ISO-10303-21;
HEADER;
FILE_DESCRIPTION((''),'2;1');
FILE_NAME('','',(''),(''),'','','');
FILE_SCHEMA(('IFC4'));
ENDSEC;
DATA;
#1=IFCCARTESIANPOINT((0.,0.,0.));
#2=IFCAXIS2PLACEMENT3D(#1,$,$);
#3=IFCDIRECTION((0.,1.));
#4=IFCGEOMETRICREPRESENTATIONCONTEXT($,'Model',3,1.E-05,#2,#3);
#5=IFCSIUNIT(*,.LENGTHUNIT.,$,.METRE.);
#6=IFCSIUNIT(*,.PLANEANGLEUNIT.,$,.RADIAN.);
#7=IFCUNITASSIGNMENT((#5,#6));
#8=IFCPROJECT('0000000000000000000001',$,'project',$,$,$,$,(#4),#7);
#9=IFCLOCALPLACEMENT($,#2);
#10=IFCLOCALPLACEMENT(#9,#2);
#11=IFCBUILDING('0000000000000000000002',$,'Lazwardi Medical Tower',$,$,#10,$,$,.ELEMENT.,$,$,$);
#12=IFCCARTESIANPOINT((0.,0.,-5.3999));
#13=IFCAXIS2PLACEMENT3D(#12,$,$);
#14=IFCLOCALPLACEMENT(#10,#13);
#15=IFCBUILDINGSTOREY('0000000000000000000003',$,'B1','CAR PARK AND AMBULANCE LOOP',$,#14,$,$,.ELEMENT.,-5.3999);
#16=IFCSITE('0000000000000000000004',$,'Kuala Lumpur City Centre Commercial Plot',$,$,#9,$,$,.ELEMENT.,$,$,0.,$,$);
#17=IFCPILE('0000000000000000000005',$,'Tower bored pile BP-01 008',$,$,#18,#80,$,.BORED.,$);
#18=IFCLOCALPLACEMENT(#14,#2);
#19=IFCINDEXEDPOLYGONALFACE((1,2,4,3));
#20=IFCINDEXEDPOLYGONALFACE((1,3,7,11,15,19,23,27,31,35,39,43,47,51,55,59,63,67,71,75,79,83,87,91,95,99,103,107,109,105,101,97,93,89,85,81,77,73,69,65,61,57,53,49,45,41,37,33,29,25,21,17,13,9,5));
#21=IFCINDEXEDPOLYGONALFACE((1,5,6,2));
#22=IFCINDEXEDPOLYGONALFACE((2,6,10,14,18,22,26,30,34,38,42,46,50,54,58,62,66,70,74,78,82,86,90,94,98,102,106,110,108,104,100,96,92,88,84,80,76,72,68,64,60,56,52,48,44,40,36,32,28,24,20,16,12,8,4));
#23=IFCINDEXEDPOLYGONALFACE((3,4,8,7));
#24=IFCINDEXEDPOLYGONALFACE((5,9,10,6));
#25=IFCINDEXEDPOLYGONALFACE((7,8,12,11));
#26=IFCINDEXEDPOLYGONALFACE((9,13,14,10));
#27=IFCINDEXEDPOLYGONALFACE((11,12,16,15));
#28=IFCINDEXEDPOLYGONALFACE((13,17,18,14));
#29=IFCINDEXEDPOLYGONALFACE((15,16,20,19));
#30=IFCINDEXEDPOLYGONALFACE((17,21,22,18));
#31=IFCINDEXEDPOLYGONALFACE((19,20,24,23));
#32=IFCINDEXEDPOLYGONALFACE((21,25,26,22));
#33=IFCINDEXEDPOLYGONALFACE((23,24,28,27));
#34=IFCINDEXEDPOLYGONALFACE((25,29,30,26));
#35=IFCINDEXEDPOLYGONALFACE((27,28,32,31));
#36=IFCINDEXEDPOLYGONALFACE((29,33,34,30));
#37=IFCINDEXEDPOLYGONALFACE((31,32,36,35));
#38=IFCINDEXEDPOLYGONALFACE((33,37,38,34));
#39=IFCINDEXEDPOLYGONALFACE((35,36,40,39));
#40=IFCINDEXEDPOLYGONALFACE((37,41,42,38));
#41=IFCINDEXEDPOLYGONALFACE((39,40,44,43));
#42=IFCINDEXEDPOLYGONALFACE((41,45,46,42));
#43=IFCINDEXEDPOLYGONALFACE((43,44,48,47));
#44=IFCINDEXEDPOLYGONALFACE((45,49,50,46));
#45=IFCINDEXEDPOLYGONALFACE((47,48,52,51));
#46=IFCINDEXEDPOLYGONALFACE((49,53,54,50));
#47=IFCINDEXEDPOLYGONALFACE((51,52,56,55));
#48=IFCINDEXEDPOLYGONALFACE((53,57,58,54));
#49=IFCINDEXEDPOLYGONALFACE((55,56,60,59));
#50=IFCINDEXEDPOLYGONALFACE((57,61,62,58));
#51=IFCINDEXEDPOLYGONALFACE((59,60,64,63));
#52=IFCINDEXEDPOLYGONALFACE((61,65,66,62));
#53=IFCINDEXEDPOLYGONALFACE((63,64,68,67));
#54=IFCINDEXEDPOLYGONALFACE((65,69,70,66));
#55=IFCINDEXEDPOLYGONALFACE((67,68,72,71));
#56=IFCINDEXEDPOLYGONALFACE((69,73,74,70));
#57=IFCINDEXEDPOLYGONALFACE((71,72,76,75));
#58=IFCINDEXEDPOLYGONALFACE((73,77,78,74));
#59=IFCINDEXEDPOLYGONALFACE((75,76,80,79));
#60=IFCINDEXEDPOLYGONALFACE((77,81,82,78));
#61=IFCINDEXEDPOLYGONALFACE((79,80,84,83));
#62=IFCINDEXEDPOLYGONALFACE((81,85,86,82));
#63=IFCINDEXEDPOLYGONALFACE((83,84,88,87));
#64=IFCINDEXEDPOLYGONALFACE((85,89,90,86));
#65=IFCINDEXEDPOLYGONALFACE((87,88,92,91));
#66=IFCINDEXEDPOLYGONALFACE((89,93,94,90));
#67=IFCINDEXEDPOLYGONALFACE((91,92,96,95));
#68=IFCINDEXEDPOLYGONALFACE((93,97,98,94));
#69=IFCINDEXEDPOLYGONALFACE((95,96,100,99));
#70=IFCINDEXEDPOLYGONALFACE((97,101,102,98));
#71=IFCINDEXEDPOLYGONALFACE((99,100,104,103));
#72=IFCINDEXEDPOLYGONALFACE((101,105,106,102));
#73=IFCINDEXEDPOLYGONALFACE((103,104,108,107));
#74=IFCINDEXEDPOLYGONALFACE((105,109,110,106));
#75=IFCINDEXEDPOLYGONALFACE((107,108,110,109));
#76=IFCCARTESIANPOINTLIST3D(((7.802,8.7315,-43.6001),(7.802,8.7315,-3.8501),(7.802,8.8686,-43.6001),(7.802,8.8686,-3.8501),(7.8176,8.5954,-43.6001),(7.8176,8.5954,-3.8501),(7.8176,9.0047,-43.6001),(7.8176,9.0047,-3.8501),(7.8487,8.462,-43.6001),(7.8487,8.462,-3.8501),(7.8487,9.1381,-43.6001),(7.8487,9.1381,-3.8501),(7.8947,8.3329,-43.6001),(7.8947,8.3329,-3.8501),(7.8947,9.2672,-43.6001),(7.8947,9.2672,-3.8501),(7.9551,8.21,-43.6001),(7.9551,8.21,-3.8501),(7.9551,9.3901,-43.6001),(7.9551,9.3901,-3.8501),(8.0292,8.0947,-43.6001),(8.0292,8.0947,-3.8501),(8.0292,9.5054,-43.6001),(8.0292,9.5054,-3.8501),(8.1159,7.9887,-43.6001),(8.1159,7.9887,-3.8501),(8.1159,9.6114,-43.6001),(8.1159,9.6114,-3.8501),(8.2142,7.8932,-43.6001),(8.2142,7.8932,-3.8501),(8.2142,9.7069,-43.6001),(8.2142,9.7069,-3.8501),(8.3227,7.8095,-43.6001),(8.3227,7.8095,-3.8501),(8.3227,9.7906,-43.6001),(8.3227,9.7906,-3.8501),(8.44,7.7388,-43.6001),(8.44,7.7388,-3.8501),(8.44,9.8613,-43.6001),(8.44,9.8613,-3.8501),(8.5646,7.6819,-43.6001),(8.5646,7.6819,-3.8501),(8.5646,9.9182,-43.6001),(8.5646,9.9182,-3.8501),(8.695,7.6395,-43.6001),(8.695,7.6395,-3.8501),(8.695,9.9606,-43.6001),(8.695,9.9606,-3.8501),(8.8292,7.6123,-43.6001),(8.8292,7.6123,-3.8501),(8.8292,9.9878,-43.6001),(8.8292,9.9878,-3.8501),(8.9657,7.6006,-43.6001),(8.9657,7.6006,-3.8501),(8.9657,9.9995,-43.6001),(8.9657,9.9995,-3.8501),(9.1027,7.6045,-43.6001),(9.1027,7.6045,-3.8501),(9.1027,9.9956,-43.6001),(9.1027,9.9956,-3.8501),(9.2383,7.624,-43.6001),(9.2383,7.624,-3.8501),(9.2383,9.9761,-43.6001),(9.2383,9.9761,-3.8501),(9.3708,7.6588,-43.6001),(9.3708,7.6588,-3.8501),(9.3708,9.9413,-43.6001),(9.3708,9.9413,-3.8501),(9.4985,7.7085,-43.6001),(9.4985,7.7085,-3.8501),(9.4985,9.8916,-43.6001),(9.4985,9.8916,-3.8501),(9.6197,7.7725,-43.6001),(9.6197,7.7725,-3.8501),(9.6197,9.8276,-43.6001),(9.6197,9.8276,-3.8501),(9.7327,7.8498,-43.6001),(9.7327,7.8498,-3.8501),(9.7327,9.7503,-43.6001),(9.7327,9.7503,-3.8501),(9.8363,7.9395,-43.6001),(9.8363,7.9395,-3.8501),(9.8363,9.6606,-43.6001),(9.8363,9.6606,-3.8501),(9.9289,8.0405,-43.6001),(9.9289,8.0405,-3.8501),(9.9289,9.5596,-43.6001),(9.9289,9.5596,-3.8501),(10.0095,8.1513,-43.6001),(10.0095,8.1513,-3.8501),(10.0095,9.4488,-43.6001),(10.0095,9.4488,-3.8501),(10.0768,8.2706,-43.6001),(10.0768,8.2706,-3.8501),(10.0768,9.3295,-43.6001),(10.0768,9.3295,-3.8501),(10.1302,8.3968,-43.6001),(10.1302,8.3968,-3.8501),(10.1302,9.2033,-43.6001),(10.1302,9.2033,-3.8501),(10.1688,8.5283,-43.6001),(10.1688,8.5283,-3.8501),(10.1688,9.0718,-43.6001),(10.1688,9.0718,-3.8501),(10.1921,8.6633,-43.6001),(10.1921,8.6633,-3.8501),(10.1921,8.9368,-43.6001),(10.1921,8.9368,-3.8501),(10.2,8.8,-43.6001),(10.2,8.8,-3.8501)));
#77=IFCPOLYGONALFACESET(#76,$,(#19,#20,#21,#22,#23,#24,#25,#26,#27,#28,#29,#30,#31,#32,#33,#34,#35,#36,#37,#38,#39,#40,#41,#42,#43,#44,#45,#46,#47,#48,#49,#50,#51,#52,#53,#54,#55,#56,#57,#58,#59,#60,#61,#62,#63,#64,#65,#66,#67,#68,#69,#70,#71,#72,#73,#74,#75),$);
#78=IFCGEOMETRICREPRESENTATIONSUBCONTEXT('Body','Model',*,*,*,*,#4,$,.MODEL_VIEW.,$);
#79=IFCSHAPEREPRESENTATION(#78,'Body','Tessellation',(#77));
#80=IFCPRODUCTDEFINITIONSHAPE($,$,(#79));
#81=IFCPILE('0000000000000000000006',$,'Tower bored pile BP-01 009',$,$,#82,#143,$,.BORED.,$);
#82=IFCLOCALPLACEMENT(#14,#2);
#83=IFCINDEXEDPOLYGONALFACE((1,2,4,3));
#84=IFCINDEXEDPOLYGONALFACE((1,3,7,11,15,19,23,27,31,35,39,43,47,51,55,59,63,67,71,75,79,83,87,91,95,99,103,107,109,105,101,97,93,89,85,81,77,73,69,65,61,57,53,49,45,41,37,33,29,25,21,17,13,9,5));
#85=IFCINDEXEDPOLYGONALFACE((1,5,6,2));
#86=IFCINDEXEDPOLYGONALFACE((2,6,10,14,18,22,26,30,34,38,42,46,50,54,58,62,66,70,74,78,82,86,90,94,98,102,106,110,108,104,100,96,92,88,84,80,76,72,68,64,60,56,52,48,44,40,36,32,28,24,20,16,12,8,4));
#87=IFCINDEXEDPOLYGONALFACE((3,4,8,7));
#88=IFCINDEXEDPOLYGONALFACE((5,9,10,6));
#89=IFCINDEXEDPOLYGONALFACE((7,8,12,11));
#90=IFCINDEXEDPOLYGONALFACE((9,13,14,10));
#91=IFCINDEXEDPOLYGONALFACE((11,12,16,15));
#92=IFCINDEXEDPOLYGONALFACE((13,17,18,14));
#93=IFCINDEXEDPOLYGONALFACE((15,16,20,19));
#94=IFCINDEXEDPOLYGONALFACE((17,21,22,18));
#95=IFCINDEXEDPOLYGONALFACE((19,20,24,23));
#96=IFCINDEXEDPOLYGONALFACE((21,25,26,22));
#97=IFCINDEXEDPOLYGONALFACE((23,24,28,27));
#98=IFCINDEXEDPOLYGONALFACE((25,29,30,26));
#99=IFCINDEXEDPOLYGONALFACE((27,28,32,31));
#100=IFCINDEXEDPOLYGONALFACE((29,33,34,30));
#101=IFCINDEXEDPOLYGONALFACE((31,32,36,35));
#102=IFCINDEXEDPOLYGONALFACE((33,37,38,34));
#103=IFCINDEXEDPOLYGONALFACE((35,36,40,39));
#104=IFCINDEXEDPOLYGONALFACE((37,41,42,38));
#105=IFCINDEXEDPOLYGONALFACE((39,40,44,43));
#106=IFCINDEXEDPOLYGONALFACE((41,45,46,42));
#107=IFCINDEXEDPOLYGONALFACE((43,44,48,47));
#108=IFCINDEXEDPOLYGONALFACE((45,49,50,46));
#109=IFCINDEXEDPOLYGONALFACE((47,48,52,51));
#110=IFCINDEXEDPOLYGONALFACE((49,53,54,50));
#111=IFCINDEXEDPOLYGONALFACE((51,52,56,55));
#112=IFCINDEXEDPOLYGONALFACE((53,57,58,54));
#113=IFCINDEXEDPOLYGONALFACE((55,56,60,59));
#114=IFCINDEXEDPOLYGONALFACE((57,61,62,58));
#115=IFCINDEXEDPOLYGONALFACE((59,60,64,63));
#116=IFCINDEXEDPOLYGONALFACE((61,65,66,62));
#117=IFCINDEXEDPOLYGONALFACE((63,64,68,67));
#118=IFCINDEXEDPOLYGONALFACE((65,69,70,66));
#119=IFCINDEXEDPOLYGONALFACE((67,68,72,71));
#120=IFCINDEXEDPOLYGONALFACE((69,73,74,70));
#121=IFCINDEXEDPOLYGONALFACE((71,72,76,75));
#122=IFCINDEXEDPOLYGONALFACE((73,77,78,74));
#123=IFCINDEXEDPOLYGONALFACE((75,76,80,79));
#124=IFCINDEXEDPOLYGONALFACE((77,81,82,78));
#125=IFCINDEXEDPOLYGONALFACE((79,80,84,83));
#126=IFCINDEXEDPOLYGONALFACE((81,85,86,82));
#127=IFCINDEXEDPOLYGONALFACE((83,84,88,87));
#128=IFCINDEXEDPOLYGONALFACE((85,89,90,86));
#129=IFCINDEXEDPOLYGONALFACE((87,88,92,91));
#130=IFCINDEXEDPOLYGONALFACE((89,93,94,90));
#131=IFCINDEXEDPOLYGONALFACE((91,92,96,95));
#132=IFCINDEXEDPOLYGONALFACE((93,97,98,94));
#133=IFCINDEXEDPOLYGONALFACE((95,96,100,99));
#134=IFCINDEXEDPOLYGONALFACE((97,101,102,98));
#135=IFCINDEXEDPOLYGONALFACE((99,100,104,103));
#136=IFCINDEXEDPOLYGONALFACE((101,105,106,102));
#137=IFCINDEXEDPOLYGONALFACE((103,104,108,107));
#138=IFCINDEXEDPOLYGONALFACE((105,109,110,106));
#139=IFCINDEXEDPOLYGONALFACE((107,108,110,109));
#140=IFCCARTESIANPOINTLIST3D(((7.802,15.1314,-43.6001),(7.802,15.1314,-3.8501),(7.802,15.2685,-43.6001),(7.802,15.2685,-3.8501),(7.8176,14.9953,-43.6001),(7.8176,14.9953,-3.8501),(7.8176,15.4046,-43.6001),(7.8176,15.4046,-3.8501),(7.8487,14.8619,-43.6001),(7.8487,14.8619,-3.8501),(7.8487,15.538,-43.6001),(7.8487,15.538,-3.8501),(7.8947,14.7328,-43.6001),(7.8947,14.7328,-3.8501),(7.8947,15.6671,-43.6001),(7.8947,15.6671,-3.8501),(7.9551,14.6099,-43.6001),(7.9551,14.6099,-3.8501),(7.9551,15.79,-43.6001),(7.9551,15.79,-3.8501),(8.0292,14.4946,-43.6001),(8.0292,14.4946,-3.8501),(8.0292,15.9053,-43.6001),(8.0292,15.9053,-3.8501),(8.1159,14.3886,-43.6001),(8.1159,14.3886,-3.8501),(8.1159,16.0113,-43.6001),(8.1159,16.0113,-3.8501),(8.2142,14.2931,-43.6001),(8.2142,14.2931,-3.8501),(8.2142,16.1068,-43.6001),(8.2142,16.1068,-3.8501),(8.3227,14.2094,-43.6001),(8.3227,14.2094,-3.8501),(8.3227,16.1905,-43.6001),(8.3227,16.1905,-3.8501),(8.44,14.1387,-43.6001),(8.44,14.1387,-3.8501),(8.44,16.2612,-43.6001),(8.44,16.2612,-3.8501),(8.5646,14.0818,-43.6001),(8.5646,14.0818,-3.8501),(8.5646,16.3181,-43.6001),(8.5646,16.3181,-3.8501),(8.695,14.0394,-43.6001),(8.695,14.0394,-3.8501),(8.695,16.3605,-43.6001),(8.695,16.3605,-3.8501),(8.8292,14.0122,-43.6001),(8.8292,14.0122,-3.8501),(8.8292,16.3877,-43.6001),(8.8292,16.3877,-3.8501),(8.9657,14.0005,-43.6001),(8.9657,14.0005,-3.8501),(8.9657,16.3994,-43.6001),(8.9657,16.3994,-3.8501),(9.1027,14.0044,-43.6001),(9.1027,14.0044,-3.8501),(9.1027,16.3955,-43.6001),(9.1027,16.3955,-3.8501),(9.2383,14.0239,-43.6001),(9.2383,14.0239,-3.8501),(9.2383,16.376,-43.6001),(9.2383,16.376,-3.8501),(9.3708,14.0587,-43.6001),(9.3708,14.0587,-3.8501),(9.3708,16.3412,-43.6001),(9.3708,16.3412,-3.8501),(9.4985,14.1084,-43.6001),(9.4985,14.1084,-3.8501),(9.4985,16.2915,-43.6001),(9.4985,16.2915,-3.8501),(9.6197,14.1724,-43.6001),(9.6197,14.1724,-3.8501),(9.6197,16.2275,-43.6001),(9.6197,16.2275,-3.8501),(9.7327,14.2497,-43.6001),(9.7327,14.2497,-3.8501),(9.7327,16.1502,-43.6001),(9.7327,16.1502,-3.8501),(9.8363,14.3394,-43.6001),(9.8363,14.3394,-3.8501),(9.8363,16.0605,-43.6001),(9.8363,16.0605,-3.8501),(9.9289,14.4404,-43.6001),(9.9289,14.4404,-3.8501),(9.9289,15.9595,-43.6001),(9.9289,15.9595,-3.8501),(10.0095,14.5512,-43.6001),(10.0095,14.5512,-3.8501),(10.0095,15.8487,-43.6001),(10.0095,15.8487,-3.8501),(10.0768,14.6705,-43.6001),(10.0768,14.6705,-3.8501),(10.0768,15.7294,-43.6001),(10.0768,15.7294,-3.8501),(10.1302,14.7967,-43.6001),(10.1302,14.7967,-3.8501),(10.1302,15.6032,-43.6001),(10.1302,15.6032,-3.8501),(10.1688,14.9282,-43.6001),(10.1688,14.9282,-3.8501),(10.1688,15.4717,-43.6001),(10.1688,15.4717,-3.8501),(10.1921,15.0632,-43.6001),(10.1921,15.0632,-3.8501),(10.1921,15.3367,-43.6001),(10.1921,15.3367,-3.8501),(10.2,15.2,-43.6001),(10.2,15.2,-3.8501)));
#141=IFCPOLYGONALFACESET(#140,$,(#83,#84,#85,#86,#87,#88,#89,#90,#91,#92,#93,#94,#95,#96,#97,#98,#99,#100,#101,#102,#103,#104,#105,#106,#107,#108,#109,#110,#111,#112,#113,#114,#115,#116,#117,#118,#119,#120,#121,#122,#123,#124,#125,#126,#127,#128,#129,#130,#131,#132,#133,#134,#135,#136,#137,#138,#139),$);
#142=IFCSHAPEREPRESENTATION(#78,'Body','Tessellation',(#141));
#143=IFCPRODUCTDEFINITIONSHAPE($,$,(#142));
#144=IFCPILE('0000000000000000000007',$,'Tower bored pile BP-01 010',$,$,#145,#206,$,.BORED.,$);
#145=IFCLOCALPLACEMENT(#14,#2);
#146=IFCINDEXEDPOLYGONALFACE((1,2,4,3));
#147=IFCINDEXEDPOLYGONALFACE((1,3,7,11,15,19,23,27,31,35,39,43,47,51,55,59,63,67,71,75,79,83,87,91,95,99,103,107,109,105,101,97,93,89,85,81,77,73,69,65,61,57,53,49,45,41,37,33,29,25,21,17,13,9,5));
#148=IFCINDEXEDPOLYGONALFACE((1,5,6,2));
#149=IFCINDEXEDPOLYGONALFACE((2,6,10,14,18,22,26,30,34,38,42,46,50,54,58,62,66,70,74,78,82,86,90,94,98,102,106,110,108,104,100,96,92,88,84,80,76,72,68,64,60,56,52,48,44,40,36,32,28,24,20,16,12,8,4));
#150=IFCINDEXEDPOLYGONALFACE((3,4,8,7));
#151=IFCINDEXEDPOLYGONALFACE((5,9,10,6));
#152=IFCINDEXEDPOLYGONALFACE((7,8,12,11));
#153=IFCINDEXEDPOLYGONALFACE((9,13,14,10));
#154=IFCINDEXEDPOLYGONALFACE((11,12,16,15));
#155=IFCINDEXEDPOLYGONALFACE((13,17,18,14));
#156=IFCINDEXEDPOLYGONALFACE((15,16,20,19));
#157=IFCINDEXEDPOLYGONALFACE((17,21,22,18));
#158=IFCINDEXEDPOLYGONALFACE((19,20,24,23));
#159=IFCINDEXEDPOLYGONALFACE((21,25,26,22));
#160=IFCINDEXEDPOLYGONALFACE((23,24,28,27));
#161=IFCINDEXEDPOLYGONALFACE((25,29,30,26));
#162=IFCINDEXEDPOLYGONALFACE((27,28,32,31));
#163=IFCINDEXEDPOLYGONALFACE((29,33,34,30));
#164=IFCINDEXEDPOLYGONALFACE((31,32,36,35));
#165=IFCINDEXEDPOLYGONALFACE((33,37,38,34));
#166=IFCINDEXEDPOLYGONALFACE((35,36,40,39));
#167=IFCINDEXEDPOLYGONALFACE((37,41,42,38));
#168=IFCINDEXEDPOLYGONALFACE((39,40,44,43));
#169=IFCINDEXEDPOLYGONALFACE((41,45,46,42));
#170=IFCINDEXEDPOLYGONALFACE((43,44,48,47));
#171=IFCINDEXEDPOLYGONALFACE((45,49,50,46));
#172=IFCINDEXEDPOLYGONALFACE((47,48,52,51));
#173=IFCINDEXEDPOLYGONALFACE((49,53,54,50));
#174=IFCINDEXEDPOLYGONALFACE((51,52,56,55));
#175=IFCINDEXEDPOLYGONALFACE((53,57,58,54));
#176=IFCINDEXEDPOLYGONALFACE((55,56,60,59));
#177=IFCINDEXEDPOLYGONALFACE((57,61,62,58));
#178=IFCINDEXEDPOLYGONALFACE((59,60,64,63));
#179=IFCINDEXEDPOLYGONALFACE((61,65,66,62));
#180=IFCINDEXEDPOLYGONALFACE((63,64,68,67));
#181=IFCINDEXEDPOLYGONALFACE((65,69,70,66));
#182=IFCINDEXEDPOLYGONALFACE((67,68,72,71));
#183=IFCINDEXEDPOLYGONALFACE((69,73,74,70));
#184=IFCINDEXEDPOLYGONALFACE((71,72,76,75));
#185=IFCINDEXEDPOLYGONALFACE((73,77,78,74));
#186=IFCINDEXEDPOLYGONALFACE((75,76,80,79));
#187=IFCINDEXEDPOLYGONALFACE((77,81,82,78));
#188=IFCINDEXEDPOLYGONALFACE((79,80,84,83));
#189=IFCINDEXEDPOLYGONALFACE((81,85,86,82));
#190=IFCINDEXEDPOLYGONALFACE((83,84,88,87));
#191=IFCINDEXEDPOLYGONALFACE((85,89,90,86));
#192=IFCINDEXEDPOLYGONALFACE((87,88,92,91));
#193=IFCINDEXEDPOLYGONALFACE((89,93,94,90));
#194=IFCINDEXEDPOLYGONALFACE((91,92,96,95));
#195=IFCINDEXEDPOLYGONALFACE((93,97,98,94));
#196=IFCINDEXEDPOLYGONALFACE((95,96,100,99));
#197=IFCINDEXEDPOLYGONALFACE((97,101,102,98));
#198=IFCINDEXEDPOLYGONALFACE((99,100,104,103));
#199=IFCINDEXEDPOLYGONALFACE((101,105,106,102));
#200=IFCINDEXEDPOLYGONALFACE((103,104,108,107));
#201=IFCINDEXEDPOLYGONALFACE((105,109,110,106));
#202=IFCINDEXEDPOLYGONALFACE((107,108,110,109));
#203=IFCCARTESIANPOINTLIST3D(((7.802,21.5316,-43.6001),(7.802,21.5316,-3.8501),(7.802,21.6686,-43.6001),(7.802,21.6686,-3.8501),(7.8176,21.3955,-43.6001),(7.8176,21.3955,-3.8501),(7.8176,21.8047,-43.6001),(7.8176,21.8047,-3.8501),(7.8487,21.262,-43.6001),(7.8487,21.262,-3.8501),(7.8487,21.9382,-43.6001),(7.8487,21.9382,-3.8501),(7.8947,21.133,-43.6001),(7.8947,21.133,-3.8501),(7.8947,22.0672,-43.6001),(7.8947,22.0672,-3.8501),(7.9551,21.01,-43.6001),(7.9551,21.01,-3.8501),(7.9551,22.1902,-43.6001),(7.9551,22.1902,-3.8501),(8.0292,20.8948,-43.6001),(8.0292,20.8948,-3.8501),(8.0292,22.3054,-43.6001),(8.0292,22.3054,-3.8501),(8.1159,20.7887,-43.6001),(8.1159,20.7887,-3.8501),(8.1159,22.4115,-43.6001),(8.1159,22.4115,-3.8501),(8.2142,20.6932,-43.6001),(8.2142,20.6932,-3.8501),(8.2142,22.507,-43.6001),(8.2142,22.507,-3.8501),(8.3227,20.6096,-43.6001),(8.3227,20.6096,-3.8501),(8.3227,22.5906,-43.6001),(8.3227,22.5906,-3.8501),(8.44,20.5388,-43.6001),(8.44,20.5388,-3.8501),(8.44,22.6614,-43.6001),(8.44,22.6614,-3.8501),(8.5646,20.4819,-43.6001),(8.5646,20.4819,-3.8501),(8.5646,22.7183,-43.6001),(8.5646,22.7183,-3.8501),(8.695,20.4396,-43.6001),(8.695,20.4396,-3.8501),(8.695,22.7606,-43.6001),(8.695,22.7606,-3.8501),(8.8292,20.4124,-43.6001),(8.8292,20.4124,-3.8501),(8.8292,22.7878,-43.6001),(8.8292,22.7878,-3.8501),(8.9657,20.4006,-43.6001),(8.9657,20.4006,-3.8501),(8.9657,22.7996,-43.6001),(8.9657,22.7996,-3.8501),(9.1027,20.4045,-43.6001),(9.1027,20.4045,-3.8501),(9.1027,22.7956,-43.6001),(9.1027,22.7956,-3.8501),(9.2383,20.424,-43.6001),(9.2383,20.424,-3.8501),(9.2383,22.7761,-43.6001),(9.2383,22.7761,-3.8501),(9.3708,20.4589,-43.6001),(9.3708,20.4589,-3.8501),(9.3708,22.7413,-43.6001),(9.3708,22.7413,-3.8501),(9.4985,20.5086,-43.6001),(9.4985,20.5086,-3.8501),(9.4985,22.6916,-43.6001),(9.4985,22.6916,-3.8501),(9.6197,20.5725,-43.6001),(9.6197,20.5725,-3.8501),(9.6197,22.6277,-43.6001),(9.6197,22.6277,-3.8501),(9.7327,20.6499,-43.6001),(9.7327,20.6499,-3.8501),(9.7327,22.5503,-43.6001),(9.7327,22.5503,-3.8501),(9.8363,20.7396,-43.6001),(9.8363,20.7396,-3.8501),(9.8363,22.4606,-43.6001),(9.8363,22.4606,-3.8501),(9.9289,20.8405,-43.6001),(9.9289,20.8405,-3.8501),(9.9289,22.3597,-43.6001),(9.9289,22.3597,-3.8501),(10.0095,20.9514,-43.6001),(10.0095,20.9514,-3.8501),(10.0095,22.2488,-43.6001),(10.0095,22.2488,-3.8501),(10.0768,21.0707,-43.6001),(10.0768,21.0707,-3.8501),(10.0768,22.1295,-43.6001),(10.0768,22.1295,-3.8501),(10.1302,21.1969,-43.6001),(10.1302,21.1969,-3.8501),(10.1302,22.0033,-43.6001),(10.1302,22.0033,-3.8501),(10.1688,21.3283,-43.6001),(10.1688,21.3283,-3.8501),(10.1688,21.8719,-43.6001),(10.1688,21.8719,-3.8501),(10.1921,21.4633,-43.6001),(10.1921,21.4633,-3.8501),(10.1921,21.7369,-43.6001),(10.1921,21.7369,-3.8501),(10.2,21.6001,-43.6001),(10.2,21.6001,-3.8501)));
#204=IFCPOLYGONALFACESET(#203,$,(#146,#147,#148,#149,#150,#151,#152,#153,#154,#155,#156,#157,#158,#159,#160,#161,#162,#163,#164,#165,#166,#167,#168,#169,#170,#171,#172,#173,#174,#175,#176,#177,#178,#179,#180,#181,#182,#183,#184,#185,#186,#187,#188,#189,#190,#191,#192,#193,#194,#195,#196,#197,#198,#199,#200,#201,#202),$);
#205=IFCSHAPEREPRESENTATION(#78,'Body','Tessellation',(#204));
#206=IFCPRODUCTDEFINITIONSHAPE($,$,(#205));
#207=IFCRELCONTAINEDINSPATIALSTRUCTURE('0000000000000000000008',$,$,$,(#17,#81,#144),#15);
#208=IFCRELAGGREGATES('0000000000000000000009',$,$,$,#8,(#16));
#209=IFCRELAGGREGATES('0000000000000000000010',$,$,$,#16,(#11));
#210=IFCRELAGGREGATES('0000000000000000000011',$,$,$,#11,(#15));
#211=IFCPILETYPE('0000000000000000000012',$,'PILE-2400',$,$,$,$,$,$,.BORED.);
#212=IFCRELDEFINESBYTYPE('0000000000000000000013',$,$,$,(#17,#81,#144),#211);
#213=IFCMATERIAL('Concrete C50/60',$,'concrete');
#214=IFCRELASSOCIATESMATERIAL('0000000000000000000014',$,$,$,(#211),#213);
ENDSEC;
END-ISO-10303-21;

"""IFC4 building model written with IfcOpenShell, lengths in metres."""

from ifc_helpers import new_model, si_unit, direction, frame, origin, origin_2d, place, context, subcontext, project, spatial, circle, extrude, material, material_profile, profile_set, type_object, element, save


model = new_model("IFC4")

# Units and contexts
model_context = context("Model", 3, precision=1e-05, world=origin(), true_north=direction((0.0, 1.0)))
body_context = subcontext(model_context, "Body", "Model", "MODEL_VIEW")
ifc_project = project(units=[si_unit("LENGTHUNIT", "METRE"), si_unit("PLANEANGLEUNIT", "RADIAN")], contexts=[model_context])

# Site, building, storey
site_placement = place(None, origin())
site = spatial("IfcSite", under=ifc_project, at=site_placement, Name="Kuala Lumpur City Centre Commercial Plot", CompositionType="ELEMENT", RefElevation=0.0)
building_placement = place(site_placement, origin())
building = spatial("IfcBuilding", under=site, at=building_placement, Name="Lazwardi Medical Tower", CompositionType="ELEMENT")
storey_placement = place(building_placement, frame((0.0, 0.0, -5.3999)))
storey = spatial("IfcBuildingStorey", under=building, at=storey_placement, Name="B1", Description="CAR PARK AND AMBULANCE LOOP", CompositionType="ELEMENT", Elevation=-5.3999)

# Piles
ifc_material_1 = material(Name="Concrete C50/60", Category="concrete")
ifc_material_profile_1 = material_profile(ifc_material_1, circle(Radius=1.2, at=origin_2d()), Name="BORED PILE D2400")
ifc_profile_set_1 = profile_set([ifc_material_profile_1], Name="Concrete C50/60")
pile_type_1 = type_object("IfcPileType", Name="PILE-2400", PredefinedType="BORED", material=ifc_profile_set_1)
for number, where, z_axis, x_axis, name in (
    (1, (9.0, 8.8, -3.8501), (0.0, 0.0, -1.0), (1.0, 0.0, 0.0), "Tower bored pile BP-01 008"),
    (2, (9.0, 15.2, -3.8501), (0.0, 0.0, -1.0), (1.0, 0.0, 0.0), "Tower bored pile BP-01 009"),
    (3, (9.0, 21.6001, -3.8501), (0.0, 0.0, -1.0), (1.0, 0.0, 0.0), "Tower bored pile BP-01 010"),
):
    element("IfcPile", number, at=place(storey_placement, frame(where, z_axis=z_axis, x_axis=x_axis)), inside=storey, type_object=pile_type_1, Name=name, PredefinedType="BORED", context=body_context, shape_type="SweptSolid", body=[
        extrude(circle(Radius=1.2, at=origin_2d()), origin(), (0.0, 0.0, 1.0), 39.75),
    ])

save(model, "model.ifc")
